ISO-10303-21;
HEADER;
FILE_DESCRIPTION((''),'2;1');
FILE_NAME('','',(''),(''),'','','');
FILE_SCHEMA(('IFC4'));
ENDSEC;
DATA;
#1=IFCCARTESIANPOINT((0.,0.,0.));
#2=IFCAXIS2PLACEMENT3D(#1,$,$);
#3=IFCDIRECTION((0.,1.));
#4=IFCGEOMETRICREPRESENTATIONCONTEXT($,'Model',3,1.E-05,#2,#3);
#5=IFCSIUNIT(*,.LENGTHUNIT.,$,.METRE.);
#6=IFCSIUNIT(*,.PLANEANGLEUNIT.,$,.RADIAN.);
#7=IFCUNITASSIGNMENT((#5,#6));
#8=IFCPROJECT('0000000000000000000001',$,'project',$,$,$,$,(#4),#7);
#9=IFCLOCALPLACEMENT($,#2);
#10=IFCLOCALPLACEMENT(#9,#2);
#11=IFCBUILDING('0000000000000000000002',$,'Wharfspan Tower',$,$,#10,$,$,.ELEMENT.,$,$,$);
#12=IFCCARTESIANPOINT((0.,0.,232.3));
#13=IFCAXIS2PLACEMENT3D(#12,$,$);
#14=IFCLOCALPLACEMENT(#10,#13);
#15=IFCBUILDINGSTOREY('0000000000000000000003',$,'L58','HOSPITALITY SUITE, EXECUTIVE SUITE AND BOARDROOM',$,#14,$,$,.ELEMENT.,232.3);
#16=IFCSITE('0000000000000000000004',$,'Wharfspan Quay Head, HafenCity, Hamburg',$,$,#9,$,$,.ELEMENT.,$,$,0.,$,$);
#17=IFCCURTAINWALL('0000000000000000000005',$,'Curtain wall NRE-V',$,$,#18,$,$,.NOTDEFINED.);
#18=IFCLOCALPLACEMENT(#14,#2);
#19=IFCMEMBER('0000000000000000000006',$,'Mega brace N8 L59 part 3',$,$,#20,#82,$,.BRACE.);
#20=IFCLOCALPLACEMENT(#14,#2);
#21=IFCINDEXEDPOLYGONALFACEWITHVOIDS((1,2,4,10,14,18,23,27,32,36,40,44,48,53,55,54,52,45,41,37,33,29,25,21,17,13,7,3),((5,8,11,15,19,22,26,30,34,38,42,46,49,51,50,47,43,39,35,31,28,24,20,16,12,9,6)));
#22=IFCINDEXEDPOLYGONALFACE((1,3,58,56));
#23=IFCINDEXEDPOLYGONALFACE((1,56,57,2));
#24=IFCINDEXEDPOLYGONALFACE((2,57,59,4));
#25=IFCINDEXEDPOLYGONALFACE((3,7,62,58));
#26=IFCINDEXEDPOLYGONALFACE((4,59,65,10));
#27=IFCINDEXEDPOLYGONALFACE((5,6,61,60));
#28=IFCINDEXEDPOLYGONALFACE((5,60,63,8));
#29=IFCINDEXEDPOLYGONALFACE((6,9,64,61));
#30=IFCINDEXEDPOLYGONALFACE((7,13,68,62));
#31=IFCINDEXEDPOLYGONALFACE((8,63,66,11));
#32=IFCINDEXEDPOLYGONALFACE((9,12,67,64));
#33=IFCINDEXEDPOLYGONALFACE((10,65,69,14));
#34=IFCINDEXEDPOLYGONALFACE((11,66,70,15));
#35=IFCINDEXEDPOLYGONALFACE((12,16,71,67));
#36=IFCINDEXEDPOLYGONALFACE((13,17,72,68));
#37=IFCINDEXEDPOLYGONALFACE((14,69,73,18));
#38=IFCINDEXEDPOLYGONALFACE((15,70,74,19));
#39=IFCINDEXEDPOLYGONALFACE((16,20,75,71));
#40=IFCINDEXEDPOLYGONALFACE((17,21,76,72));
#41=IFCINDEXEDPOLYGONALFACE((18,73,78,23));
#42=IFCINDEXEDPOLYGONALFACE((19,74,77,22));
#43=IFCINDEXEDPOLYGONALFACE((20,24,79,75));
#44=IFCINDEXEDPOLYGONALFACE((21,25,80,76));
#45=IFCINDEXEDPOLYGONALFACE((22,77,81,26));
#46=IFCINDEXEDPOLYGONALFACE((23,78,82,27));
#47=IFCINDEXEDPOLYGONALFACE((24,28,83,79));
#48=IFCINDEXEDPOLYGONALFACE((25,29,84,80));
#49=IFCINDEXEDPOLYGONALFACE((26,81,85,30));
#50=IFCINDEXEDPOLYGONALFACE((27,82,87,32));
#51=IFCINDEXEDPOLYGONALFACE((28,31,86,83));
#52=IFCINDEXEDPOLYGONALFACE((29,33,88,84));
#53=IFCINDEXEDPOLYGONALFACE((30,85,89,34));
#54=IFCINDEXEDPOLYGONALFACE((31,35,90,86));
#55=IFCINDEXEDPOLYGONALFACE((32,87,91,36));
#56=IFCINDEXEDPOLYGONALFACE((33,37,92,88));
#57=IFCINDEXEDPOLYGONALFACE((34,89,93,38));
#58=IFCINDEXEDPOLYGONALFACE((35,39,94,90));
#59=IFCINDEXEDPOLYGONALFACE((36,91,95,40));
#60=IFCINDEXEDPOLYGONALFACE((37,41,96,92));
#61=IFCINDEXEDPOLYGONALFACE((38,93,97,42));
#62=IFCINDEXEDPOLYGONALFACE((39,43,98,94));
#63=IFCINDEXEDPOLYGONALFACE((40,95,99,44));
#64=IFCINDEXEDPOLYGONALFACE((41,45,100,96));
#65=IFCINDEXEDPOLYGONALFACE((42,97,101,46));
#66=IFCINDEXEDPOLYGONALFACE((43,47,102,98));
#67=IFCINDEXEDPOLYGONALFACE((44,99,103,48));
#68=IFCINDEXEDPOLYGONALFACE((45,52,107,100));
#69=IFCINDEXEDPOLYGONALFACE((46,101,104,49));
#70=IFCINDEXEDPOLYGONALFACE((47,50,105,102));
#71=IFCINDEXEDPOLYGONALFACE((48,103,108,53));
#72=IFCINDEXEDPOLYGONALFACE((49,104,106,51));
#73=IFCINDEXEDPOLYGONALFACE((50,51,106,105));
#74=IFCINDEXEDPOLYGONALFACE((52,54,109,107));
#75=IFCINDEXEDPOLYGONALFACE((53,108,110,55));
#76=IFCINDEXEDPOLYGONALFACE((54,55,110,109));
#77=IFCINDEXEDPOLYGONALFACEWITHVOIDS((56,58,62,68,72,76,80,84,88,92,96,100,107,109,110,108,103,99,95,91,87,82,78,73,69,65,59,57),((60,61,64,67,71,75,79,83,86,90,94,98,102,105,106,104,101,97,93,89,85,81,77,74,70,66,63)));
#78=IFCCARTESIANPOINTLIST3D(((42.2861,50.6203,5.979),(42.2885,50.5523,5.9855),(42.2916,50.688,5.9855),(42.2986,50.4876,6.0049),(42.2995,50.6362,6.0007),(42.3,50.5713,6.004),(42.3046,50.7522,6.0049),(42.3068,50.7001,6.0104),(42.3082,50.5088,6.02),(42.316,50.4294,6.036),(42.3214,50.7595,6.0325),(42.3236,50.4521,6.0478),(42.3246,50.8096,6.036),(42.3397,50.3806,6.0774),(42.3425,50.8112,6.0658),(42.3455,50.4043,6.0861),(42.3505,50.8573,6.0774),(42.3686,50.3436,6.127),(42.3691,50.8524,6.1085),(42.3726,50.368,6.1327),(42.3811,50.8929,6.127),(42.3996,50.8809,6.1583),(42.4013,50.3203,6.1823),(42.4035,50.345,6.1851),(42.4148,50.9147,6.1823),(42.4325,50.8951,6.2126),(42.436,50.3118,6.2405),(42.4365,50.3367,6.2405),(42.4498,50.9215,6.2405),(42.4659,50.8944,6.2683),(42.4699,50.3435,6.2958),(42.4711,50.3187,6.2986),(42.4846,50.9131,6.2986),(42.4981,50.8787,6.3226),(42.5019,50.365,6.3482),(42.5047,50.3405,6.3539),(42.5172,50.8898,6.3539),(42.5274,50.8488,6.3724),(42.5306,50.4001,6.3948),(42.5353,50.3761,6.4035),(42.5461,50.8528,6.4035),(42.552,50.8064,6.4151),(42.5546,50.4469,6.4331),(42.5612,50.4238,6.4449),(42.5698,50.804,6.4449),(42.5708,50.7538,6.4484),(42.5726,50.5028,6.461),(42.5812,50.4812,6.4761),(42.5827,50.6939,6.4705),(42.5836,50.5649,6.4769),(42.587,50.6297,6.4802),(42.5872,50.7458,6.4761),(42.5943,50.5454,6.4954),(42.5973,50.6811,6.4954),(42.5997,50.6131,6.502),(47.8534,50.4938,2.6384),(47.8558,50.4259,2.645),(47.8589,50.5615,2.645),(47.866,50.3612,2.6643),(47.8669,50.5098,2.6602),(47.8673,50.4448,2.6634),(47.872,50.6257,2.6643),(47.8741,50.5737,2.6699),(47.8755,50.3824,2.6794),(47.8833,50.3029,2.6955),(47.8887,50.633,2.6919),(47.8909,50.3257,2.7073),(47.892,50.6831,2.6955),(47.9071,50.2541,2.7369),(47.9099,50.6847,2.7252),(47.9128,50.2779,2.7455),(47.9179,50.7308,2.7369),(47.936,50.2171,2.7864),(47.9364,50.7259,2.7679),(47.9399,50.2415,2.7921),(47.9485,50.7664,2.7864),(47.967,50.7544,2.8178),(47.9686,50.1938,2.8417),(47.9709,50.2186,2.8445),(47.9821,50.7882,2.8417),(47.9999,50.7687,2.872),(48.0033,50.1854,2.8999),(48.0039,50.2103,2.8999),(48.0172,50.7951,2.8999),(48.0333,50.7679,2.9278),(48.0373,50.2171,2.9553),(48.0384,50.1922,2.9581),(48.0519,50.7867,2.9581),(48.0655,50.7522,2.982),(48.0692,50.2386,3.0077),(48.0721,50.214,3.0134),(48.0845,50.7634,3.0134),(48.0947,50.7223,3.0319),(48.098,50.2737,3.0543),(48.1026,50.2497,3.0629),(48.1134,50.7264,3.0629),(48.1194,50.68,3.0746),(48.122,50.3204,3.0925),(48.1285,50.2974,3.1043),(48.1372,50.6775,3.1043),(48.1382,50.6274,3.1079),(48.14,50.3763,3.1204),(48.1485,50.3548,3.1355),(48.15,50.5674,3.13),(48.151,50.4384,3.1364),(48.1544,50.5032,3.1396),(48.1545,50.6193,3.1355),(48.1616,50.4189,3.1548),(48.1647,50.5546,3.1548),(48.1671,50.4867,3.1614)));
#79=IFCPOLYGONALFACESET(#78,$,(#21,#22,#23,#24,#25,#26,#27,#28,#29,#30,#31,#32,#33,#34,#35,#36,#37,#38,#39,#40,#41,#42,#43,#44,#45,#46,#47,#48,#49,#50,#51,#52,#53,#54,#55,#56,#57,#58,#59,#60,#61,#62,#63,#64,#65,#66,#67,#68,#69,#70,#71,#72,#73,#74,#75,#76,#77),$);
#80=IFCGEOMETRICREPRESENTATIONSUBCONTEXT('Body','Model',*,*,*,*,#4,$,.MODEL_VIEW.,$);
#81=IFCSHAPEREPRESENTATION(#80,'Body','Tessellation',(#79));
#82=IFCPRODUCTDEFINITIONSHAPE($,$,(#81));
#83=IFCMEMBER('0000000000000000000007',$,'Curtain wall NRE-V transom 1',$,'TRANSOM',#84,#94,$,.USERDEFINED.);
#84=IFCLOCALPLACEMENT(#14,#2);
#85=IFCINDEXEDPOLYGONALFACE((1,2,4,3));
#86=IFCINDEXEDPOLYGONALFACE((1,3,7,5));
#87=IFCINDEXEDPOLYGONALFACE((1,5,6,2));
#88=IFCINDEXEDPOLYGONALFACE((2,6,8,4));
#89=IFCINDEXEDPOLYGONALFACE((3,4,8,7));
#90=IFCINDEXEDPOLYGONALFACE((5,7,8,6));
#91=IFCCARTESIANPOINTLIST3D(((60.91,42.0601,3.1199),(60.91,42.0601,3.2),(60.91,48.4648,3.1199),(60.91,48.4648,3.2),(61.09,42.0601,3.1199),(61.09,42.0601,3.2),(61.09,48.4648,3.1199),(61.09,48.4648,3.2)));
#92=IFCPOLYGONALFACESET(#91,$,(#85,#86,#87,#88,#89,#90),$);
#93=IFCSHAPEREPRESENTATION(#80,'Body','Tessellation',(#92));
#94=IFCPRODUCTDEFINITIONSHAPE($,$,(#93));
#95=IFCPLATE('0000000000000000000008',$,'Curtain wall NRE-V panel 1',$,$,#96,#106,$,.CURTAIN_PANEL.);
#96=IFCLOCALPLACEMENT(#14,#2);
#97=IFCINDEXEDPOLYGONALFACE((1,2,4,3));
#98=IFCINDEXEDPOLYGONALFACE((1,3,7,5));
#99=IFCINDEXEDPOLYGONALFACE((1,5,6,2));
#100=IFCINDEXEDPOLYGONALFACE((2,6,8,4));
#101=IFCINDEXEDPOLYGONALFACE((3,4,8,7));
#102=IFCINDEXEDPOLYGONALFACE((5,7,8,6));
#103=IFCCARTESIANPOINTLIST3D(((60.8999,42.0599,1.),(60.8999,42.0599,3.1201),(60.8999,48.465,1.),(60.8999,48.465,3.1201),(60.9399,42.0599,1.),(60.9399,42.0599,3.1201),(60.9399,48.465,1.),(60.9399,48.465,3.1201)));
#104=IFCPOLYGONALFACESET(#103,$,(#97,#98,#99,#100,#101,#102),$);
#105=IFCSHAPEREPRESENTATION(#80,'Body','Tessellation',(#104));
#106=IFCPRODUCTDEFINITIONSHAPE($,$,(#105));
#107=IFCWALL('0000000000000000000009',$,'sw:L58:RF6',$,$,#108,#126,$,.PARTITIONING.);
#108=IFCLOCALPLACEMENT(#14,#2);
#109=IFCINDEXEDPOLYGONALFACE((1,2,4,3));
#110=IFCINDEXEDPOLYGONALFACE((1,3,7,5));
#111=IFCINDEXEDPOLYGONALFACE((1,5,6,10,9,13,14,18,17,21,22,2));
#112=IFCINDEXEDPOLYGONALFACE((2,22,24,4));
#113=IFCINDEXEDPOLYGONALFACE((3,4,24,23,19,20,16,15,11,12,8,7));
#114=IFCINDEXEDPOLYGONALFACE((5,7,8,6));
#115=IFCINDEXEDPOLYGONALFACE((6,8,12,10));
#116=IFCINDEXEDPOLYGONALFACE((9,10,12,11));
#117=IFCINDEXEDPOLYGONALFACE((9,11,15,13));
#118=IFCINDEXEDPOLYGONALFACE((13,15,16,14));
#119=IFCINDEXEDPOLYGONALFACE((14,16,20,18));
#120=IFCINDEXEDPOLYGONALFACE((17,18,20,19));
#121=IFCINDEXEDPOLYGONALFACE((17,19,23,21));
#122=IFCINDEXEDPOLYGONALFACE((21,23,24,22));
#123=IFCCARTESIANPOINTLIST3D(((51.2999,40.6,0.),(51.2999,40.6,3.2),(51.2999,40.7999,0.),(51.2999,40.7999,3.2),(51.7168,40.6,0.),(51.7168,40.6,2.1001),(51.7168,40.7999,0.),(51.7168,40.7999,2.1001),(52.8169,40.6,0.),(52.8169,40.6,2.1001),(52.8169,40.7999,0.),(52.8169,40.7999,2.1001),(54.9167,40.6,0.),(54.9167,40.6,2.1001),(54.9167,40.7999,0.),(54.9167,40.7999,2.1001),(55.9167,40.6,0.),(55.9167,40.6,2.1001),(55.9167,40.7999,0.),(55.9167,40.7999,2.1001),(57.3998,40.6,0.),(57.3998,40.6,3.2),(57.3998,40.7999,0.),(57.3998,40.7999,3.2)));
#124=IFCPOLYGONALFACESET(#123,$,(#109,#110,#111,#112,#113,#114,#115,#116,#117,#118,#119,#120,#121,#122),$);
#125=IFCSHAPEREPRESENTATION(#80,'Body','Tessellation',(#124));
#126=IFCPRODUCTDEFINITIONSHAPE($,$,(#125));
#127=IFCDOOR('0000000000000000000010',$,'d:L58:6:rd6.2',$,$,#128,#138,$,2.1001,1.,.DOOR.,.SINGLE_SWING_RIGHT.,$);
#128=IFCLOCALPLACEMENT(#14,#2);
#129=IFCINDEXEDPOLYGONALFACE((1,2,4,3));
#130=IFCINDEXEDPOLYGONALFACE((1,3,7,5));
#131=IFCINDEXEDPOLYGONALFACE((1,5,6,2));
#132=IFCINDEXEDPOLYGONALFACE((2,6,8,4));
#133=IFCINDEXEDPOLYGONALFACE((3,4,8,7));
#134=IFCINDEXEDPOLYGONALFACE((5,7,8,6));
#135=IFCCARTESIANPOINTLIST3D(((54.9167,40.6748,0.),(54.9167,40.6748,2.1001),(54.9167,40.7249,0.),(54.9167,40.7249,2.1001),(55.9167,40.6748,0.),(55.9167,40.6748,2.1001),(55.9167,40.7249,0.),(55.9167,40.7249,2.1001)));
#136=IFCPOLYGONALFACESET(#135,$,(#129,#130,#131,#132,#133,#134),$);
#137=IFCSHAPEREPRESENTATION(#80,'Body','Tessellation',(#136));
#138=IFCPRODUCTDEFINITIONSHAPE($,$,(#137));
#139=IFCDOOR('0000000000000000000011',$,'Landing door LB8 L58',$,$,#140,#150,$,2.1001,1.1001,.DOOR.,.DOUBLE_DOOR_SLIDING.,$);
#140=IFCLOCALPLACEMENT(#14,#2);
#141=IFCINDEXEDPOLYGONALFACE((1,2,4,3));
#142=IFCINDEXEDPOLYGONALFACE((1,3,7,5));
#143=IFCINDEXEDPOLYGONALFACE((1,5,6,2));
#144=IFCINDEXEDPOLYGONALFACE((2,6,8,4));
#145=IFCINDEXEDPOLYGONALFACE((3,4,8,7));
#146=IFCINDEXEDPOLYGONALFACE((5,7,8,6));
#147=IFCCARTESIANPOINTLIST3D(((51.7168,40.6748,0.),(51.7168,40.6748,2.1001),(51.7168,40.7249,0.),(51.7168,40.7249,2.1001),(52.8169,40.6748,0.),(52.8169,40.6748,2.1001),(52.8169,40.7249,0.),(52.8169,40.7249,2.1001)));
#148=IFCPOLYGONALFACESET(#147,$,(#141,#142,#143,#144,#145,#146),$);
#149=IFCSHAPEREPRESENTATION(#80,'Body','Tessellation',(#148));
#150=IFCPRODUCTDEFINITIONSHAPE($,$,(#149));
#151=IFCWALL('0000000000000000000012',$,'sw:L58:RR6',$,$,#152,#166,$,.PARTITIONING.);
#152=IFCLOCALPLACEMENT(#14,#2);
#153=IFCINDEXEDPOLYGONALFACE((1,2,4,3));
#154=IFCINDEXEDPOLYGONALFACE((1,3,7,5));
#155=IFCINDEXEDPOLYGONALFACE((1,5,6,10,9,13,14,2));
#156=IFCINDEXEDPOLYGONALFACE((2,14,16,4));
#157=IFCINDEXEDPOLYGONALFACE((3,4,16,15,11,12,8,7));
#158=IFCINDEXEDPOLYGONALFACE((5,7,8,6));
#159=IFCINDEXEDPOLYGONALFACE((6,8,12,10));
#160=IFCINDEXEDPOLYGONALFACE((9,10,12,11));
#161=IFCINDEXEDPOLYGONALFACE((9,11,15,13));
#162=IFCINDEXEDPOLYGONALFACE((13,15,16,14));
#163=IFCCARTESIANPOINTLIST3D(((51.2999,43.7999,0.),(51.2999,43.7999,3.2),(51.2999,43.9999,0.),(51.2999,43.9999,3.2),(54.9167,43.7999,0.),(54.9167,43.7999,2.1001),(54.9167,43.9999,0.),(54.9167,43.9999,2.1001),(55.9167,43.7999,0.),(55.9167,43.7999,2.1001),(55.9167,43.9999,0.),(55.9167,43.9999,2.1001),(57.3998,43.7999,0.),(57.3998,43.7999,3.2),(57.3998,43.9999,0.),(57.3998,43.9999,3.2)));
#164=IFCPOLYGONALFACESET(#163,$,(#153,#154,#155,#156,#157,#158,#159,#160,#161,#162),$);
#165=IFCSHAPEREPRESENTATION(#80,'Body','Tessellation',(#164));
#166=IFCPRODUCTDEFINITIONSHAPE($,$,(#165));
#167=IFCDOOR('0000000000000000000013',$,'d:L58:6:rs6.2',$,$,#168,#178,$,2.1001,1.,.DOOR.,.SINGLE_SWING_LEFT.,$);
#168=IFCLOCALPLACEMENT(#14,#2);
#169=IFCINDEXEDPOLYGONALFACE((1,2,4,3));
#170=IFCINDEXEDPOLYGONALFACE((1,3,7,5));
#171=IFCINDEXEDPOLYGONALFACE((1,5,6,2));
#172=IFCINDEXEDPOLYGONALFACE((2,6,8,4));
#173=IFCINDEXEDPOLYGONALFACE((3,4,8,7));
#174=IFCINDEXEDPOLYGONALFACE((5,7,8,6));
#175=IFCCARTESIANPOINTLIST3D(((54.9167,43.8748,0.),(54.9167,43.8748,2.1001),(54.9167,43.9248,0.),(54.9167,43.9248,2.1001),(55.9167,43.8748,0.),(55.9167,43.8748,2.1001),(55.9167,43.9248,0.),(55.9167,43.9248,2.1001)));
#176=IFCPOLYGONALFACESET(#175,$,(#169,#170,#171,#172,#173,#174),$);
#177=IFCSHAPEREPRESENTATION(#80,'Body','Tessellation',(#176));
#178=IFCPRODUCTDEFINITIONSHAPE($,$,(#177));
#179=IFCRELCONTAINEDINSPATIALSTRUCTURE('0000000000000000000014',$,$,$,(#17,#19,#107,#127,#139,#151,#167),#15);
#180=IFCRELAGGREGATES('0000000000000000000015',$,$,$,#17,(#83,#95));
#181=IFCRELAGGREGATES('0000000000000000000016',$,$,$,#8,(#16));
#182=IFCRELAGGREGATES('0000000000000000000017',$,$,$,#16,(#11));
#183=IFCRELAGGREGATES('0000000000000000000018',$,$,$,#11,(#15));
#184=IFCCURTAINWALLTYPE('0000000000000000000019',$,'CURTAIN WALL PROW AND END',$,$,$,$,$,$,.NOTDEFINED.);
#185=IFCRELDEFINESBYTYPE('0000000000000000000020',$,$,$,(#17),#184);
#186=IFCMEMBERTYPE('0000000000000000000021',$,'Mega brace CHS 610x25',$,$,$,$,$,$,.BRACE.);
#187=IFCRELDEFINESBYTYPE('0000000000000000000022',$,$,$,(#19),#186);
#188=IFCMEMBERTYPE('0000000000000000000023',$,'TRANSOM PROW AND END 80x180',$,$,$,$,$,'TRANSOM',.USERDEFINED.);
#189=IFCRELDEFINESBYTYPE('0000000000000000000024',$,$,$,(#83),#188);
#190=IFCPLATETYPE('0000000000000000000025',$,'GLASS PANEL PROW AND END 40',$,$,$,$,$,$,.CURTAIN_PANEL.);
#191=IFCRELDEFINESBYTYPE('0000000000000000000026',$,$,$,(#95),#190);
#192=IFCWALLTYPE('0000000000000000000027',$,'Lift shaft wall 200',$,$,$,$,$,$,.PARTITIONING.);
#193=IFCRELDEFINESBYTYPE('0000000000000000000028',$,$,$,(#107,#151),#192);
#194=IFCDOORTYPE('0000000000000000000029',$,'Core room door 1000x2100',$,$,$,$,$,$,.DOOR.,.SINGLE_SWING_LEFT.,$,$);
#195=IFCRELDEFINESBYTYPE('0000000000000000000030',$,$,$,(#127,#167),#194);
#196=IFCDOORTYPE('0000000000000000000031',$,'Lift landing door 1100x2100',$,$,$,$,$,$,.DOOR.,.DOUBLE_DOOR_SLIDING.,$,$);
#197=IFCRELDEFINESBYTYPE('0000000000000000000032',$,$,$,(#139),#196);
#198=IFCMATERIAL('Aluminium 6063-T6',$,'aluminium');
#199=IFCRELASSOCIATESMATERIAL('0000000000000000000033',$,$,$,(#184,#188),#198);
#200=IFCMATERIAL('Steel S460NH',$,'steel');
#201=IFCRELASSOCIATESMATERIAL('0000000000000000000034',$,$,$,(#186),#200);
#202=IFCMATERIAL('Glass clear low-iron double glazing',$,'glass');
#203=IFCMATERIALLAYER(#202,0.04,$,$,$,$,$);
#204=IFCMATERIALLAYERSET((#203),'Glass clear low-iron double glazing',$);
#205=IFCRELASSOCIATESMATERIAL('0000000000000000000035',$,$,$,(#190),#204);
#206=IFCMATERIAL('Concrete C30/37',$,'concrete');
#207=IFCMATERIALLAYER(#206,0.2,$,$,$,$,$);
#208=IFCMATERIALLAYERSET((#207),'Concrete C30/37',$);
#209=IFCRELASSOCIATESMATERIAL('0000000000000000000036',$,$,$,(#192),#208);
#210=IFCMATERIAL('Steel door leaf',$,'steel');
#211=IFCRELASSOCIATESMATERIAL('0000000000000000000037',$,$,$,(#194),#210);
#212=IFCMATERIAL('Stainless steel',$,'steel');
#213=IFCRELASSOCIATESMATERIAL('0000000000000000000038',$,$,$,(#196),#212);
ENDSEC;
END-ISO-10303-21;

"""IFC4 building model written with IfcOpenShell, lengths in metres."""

from ifc_helpers import new_model, si_unit, direction, frame, frame_2d, origin, origin_2d, place, context, subcontext, project, spatial, rectangle, hollow_circle, extrude, material, layer, layer_set, material_profile, profile_set, type_object, element, fill, aggregate, save


model = new_model("IFC4")

# Units and contexts
model_context = context("Model", 3, precision=1e-05, world=origin(), true_north=direction((0.0, 1.0)))
body_context = subcontext(model_context, "Body", "Model", "MODEL_VIEW")
ifc_project = project(units=[si_unit("LENGTHUNIT", "METRE"), si_unit("PLANEANGLEUNIT", "RADIAN")], contexts=[model_context])

# Site, building, storey
site_placement = place(None, origin())
site = spatial("IfcSite", under=ifc_project, at=site_placement, Name="Wharfspan Quay Head, HafenCity, Hamburg", CompositionType="ELEMENT", RefElevation=0.0)
building_placement = place(site_placement, origin())
building = spatial("IfcBuilding", under=site, at=building_placement, Name="Wharfspan Tower", CompositionType="ELEMENT")
storey_placement = place(building_placement, frame((0.0, 0.0, 232.3)))
storey = spatial("IfcBuildingStorey", under=building, at=storey_placement, Name="L58", Description="HOSPITALITY SUITE, EXECUTIVE SUITE AND BOARDROOM", CompositionType="ELEMENT", Elevation=232.3)

# Curtain wall
ifc_material_1 = material(Name="Aluminium 6063-T6", Category="aluminium")
curtain_wall_type = type_object("IfcCurtainWallType", Name="CURTAIN WALL PROW AND END", PredefinedType="NOTDEFINED", material=ifc_material_1)
curtain_wall_placement = place(storey_placement, origin())
curtain_wall = element("IfcCurtainWall", 1, at=curtain_wall_placement, inside=storey, type_object=curtain_wall_type, Name="Curtain wall NRE-V", PredefinedType="NOTDEFINED")

# Members
ifc_material_2 = material(Name="Steel S460NH", Category="steel")
ifc_material_profile_1 = material_profile(ifc_material_2, hollow_circle(Radius=0.3049, WallThickness=0.0249, at=origin_2d()))
ifc_profile_set_1 = profile_set([ifc_material_profile_1], Name="Steel S460NH")
member_type_1 = type_object("IfcMemberType", Name="Mega brace CHS 610x25", PredefinedType="BRACE", material=ifc_profile_set_1)
member_1_placement = place(storey_placement, frame((48.0103, 50.4902, 2.8999), z_axis=(-0.85732, 0.019474, 0.514415), x_axis=(-0.022708, -0.999746, 0.000002)))
element("IfcMember", 2, at=member_1_placement, inside=storey, type_object=member_type_1, Name="Mega brace N8 L59 part 3", PredefinedType="BRACE", context=body_context, shape_type="SweptSolid", body=[
    extrude(hollow_circle(Radius=0.3049, WallThickness=0.0249, at=origin_2d()), origin(), (0.0, 0.0, 1.0), 6.4939),
])
ifc_material_profile_2 = material_profile(ifc_material_1, rectangle(XDim=0.1799, YDim=0.0801, at=origin_2d()))
ifc_profile_set_2 = profile_set([ifc_material_profile_2], Name="Aluminium 6063-T6")
member_type_2 = type_object("IfcMemberType", Name="TRANSOM PROW AND END 80x180", ElementType="TRANSOM", PredefinedType="USERDEFINED", material=ifc_profile_set_2)
member_2_placement = place(storey_placement, frame((61.0, 42.0601, 3.1599), z_axis=(0.0, 1.0, 0.0), x_axis=(-1.0, 0.0, 0.0)))
member_2 = element("IfcMember", 3, at=member_2_placement, type_object=member_type_2, Name="Curtain wall NRE-V transom 1", ObjectType="TRANSOM", PredefinedType="USERDEFINED", context=body_context, shape_type="SweptSolid", body=[
    extrude(rectangle(XDim=0.1799, YDim=0.0801, at=origin_2d()), origin(), (0.0, 0.0, 1.0), 6.4048),
])

# Plate
ifc_material_3 = material(Name="Glass clear low-iron double glazing", Category="glass")
ifc_layer_1 = layer(ifc_material_3, 0.04)
ifc_layer_set_1 = layer_set([ifc_layer_1], Name="Glass clear low-iron double glazing")
plate_type = type_object("IfcPlateType", Name="GLASS PANEL PROW AND END 40", PredefinedType="CURTAIN_PANEL", material=ifc_layer_set_1)
plate_placement = place(storey_placement, frame((60.9199, 45.2625, 1.0), z_axis=(0.0, 0.0, 1.0), x_axis=(0.0, 1.0, 0.0)))
plate = element("IfcPlate", 4, at=plate_placement, type_object=plate_type, Name="Curtain wall NRE-V panel 1", PredefinedType="CURTAIN_PANEL", context=body_context, shape_type="SweptSolid", body=[
    extrude(rectangle(XDim=6.405, YDim=0.04, at=origin_2d()), origin(), (0.0, 0.0, 1.0), 2.1201),
])
aggregate(curtain_wall, [member_2, plate])

# Wall, openings, doors
ifc_material_4 = material(Name="Concrete C30/37", Category="concrete")
ifc_layer_2 = layer(ifc_material_4, 0.2)
ifc_layer_set_2 = layer_set([ifc_layer_2], Name="Concrete C30/37")
wall_type_1 = type_object("IfcWallType", Name="Lift shaft wall 200", PredefinedType="PARTITIONING", material=ifc_layer_set_2)
wall_1_placement = place(storey_placement, frame((51.3, 40.7, 0.0), z_axis=(0.0, 0.0, 1.0), x_axis=(1.0, 0.0, 0.0)))
wall_1 = element("IfcWall", 5, at=wall_1_placement, inside=storey, type_object=wall_type_1, Name="sw:L58:RF6", PredefinedType="PARTITIONING", context=body_context, shape_type="SweptSolid", body=[
    extrude(rectangle(XDim=6.0999, YDim=0.2, at=frame_2d((3.0498, 0.0))), origin(), (0.0, 0.0, 1.0), 3.2),
])
opening_1_placement = place(wall_1_placement, frame((0.4167, 0.0, 0.0)))
opening_1 = element("IfcOpeningElement", 6, at=opening_1_placement, cuts=wall_1, PredefinedType="OPENING", context=body_context, shape_type="SweptSolid", body=[
    extrude(rectangle(XDim=1.1001, YDim=2.1001, at=frame_2d((0.55, 1.05))), frame((0.0, 0.1099, 0.0), z_axis=(0.0, -1.0, 0.0), x_axis=(1.0, 0.0, 0.0)), (0.0, 0.0, 1.0), 0.22),
])
opening_2_placement = place(wall_1_placement, frame((3.6167, 0.0, 0.0)))
opening_2 = element("IfcOpeningElement", 7, at=opening_2_placement, cuts=wall_1, PredefinedType="OPENING", context=body_context, shape_type="SweptSolid", body=[
    extrude(rectangle(XDim=1.0, YDim=2.1001, at=frame_2d((0.5, 1.05))), frame((0.0, 0.1099, 0.0), z_axis=(0.0, -1.0, 0.0), x_axis=(1.0, 0.0, 0.0)), (0.0, 0.0, 1.0), 0.22),
])
ifc_material_5 = material(Name="Steel door leaf", Category="steel")
door_type_1 = type_object("IfcDoorType", Name="Core room door 1000x2100", OperationType="SINGLE_SWING_LEFT", PredefinedType="DOOR", material=ifc_material_5)
door_1_placement = place(opening_2_placement, origin())
door_1 = element("IfcDoor", 8, at=door_1_placement, inside=storey, type_object=door_type_1, Name="d:L58:6:rd6.2", OperationType="SINGLE_SWING_RIGHT", OverallHeight=2.1001, OverallWidth=1.0, PredefinedType="DOOR", context=body_context, shape_type="SweptSolid", body=[
    extrude(rectangle(XDim=1.0, YDim=2.1001, at=frame_2d((0.5, 1.05))), frame((0.0, 0.0249, 0.0), z_axis=(0.0, -1.0, 0.0), x_axis=(1.0, 0.0, 0.0)), (0.0, 0.0, 1.0), 0.05),
])
fill(opening_2, door_1)
ifc_material_6 = material(Name="Stainless steel", Category="steel")
door_type_2 = type_object("IfcDoorType", Name="Lift landing door 1100x2100", OperationType="DOUBLE_DOOR_SLIDING", PredefinedType="DOOR", material=ifc_material_6)
door_2_placement = place(opening_1_placement, origin())
door_2 = element("IfcDoor", 9, at=door_2_placement, inside=storey, type_object=door_type_2, Name="Landing door LB8 L58", OperationType="DOUBLE_DOOR_SLIDING", OverallHeight=2.1001, OverallWidth=1.1001, PredefinedType="DOOR", context=body_context, shape_type="SweptSolid", body=[
    extrude(rectangle(XDim=1.1001, YDim=2.1001, at=frame_2d((0.55, 1.05))), frame((0.0, 0.0249, 0.0), z_axis=(0.0, -1.0, 0.0), x_axis=(1.0, 0.0, 0.0)), (0.0, 0.0, 1.0), 0.05),
])
fill(opening_1, door_2)

# Wall, opening, door
wall_2_placement = place(storey_placement, frame((51.3, 43.8999, 0.0), z_axis=(0.0, 0.0, 1.0), x_axis=(1.0, 0.0, 0.0)))
wall_2 = element("IfcWall", 10, at=wall_2_placement, inside=storey, type_object=wall_type_1, Name="sw:L58:RR6", PredefinedType="PARTITIONING", context=body_context, shape_type="SweptSolid", body=[
    extrude(rectangle(XDim=6.0999, YDim=0.2, at=frame_2d((3.0498, 0.0))), origin(), (0.0, 0.0, 1.0), 3.2),
])
opening_3_placement = place(wall_2_placement, frame((3.6167, 0.0, 0.0)))
opening_3 = element("IfcOpeningElement", 11, at=opening_3_placement, cuts=wall_2, PredefinedType="OPENING", context=body_context, shape_type="SweptSolid", body=[
    extrude(rectangle(XDim=1.0, YDim=2.1001, at=frame_2d((0.5, 1.05))), frame((0.0, 0.1099, 0.0), z_axis=(0.0, -1.0, 0.0), x_axis=(1.0, 0.0, 0.0)), (0.0, 0.0, 1.0), 0.22),
])
door_3_placement = place(opening_3_placement, origin())
door_3 = element("IfcDoor", 12, at=door_3_placement, inside=storey, type_object=door_type_1, Name="d:L58:6:rs6.2", OperationType="SINGLE_SWING_LEFT", OverallHeight=2.1001, OverallWidth=1.0, PredefinedType="DOOR", context=body_context, shape_type="SweptSolid", body=[
    extrude(rectangle(XDim=1.0, YDim=2.1001, at=frame_2d((0.5, 1.05))), frame((0.0, 0.0249, 0.0), z_axis=(0.0, -1.0, 0.0), x_axis=(1.0, 0.0, 0.0)), (0.0, 0.0, 1.0), 0.05),
])
fill(opening_3, door_3)

save(model, "model.ifc")
